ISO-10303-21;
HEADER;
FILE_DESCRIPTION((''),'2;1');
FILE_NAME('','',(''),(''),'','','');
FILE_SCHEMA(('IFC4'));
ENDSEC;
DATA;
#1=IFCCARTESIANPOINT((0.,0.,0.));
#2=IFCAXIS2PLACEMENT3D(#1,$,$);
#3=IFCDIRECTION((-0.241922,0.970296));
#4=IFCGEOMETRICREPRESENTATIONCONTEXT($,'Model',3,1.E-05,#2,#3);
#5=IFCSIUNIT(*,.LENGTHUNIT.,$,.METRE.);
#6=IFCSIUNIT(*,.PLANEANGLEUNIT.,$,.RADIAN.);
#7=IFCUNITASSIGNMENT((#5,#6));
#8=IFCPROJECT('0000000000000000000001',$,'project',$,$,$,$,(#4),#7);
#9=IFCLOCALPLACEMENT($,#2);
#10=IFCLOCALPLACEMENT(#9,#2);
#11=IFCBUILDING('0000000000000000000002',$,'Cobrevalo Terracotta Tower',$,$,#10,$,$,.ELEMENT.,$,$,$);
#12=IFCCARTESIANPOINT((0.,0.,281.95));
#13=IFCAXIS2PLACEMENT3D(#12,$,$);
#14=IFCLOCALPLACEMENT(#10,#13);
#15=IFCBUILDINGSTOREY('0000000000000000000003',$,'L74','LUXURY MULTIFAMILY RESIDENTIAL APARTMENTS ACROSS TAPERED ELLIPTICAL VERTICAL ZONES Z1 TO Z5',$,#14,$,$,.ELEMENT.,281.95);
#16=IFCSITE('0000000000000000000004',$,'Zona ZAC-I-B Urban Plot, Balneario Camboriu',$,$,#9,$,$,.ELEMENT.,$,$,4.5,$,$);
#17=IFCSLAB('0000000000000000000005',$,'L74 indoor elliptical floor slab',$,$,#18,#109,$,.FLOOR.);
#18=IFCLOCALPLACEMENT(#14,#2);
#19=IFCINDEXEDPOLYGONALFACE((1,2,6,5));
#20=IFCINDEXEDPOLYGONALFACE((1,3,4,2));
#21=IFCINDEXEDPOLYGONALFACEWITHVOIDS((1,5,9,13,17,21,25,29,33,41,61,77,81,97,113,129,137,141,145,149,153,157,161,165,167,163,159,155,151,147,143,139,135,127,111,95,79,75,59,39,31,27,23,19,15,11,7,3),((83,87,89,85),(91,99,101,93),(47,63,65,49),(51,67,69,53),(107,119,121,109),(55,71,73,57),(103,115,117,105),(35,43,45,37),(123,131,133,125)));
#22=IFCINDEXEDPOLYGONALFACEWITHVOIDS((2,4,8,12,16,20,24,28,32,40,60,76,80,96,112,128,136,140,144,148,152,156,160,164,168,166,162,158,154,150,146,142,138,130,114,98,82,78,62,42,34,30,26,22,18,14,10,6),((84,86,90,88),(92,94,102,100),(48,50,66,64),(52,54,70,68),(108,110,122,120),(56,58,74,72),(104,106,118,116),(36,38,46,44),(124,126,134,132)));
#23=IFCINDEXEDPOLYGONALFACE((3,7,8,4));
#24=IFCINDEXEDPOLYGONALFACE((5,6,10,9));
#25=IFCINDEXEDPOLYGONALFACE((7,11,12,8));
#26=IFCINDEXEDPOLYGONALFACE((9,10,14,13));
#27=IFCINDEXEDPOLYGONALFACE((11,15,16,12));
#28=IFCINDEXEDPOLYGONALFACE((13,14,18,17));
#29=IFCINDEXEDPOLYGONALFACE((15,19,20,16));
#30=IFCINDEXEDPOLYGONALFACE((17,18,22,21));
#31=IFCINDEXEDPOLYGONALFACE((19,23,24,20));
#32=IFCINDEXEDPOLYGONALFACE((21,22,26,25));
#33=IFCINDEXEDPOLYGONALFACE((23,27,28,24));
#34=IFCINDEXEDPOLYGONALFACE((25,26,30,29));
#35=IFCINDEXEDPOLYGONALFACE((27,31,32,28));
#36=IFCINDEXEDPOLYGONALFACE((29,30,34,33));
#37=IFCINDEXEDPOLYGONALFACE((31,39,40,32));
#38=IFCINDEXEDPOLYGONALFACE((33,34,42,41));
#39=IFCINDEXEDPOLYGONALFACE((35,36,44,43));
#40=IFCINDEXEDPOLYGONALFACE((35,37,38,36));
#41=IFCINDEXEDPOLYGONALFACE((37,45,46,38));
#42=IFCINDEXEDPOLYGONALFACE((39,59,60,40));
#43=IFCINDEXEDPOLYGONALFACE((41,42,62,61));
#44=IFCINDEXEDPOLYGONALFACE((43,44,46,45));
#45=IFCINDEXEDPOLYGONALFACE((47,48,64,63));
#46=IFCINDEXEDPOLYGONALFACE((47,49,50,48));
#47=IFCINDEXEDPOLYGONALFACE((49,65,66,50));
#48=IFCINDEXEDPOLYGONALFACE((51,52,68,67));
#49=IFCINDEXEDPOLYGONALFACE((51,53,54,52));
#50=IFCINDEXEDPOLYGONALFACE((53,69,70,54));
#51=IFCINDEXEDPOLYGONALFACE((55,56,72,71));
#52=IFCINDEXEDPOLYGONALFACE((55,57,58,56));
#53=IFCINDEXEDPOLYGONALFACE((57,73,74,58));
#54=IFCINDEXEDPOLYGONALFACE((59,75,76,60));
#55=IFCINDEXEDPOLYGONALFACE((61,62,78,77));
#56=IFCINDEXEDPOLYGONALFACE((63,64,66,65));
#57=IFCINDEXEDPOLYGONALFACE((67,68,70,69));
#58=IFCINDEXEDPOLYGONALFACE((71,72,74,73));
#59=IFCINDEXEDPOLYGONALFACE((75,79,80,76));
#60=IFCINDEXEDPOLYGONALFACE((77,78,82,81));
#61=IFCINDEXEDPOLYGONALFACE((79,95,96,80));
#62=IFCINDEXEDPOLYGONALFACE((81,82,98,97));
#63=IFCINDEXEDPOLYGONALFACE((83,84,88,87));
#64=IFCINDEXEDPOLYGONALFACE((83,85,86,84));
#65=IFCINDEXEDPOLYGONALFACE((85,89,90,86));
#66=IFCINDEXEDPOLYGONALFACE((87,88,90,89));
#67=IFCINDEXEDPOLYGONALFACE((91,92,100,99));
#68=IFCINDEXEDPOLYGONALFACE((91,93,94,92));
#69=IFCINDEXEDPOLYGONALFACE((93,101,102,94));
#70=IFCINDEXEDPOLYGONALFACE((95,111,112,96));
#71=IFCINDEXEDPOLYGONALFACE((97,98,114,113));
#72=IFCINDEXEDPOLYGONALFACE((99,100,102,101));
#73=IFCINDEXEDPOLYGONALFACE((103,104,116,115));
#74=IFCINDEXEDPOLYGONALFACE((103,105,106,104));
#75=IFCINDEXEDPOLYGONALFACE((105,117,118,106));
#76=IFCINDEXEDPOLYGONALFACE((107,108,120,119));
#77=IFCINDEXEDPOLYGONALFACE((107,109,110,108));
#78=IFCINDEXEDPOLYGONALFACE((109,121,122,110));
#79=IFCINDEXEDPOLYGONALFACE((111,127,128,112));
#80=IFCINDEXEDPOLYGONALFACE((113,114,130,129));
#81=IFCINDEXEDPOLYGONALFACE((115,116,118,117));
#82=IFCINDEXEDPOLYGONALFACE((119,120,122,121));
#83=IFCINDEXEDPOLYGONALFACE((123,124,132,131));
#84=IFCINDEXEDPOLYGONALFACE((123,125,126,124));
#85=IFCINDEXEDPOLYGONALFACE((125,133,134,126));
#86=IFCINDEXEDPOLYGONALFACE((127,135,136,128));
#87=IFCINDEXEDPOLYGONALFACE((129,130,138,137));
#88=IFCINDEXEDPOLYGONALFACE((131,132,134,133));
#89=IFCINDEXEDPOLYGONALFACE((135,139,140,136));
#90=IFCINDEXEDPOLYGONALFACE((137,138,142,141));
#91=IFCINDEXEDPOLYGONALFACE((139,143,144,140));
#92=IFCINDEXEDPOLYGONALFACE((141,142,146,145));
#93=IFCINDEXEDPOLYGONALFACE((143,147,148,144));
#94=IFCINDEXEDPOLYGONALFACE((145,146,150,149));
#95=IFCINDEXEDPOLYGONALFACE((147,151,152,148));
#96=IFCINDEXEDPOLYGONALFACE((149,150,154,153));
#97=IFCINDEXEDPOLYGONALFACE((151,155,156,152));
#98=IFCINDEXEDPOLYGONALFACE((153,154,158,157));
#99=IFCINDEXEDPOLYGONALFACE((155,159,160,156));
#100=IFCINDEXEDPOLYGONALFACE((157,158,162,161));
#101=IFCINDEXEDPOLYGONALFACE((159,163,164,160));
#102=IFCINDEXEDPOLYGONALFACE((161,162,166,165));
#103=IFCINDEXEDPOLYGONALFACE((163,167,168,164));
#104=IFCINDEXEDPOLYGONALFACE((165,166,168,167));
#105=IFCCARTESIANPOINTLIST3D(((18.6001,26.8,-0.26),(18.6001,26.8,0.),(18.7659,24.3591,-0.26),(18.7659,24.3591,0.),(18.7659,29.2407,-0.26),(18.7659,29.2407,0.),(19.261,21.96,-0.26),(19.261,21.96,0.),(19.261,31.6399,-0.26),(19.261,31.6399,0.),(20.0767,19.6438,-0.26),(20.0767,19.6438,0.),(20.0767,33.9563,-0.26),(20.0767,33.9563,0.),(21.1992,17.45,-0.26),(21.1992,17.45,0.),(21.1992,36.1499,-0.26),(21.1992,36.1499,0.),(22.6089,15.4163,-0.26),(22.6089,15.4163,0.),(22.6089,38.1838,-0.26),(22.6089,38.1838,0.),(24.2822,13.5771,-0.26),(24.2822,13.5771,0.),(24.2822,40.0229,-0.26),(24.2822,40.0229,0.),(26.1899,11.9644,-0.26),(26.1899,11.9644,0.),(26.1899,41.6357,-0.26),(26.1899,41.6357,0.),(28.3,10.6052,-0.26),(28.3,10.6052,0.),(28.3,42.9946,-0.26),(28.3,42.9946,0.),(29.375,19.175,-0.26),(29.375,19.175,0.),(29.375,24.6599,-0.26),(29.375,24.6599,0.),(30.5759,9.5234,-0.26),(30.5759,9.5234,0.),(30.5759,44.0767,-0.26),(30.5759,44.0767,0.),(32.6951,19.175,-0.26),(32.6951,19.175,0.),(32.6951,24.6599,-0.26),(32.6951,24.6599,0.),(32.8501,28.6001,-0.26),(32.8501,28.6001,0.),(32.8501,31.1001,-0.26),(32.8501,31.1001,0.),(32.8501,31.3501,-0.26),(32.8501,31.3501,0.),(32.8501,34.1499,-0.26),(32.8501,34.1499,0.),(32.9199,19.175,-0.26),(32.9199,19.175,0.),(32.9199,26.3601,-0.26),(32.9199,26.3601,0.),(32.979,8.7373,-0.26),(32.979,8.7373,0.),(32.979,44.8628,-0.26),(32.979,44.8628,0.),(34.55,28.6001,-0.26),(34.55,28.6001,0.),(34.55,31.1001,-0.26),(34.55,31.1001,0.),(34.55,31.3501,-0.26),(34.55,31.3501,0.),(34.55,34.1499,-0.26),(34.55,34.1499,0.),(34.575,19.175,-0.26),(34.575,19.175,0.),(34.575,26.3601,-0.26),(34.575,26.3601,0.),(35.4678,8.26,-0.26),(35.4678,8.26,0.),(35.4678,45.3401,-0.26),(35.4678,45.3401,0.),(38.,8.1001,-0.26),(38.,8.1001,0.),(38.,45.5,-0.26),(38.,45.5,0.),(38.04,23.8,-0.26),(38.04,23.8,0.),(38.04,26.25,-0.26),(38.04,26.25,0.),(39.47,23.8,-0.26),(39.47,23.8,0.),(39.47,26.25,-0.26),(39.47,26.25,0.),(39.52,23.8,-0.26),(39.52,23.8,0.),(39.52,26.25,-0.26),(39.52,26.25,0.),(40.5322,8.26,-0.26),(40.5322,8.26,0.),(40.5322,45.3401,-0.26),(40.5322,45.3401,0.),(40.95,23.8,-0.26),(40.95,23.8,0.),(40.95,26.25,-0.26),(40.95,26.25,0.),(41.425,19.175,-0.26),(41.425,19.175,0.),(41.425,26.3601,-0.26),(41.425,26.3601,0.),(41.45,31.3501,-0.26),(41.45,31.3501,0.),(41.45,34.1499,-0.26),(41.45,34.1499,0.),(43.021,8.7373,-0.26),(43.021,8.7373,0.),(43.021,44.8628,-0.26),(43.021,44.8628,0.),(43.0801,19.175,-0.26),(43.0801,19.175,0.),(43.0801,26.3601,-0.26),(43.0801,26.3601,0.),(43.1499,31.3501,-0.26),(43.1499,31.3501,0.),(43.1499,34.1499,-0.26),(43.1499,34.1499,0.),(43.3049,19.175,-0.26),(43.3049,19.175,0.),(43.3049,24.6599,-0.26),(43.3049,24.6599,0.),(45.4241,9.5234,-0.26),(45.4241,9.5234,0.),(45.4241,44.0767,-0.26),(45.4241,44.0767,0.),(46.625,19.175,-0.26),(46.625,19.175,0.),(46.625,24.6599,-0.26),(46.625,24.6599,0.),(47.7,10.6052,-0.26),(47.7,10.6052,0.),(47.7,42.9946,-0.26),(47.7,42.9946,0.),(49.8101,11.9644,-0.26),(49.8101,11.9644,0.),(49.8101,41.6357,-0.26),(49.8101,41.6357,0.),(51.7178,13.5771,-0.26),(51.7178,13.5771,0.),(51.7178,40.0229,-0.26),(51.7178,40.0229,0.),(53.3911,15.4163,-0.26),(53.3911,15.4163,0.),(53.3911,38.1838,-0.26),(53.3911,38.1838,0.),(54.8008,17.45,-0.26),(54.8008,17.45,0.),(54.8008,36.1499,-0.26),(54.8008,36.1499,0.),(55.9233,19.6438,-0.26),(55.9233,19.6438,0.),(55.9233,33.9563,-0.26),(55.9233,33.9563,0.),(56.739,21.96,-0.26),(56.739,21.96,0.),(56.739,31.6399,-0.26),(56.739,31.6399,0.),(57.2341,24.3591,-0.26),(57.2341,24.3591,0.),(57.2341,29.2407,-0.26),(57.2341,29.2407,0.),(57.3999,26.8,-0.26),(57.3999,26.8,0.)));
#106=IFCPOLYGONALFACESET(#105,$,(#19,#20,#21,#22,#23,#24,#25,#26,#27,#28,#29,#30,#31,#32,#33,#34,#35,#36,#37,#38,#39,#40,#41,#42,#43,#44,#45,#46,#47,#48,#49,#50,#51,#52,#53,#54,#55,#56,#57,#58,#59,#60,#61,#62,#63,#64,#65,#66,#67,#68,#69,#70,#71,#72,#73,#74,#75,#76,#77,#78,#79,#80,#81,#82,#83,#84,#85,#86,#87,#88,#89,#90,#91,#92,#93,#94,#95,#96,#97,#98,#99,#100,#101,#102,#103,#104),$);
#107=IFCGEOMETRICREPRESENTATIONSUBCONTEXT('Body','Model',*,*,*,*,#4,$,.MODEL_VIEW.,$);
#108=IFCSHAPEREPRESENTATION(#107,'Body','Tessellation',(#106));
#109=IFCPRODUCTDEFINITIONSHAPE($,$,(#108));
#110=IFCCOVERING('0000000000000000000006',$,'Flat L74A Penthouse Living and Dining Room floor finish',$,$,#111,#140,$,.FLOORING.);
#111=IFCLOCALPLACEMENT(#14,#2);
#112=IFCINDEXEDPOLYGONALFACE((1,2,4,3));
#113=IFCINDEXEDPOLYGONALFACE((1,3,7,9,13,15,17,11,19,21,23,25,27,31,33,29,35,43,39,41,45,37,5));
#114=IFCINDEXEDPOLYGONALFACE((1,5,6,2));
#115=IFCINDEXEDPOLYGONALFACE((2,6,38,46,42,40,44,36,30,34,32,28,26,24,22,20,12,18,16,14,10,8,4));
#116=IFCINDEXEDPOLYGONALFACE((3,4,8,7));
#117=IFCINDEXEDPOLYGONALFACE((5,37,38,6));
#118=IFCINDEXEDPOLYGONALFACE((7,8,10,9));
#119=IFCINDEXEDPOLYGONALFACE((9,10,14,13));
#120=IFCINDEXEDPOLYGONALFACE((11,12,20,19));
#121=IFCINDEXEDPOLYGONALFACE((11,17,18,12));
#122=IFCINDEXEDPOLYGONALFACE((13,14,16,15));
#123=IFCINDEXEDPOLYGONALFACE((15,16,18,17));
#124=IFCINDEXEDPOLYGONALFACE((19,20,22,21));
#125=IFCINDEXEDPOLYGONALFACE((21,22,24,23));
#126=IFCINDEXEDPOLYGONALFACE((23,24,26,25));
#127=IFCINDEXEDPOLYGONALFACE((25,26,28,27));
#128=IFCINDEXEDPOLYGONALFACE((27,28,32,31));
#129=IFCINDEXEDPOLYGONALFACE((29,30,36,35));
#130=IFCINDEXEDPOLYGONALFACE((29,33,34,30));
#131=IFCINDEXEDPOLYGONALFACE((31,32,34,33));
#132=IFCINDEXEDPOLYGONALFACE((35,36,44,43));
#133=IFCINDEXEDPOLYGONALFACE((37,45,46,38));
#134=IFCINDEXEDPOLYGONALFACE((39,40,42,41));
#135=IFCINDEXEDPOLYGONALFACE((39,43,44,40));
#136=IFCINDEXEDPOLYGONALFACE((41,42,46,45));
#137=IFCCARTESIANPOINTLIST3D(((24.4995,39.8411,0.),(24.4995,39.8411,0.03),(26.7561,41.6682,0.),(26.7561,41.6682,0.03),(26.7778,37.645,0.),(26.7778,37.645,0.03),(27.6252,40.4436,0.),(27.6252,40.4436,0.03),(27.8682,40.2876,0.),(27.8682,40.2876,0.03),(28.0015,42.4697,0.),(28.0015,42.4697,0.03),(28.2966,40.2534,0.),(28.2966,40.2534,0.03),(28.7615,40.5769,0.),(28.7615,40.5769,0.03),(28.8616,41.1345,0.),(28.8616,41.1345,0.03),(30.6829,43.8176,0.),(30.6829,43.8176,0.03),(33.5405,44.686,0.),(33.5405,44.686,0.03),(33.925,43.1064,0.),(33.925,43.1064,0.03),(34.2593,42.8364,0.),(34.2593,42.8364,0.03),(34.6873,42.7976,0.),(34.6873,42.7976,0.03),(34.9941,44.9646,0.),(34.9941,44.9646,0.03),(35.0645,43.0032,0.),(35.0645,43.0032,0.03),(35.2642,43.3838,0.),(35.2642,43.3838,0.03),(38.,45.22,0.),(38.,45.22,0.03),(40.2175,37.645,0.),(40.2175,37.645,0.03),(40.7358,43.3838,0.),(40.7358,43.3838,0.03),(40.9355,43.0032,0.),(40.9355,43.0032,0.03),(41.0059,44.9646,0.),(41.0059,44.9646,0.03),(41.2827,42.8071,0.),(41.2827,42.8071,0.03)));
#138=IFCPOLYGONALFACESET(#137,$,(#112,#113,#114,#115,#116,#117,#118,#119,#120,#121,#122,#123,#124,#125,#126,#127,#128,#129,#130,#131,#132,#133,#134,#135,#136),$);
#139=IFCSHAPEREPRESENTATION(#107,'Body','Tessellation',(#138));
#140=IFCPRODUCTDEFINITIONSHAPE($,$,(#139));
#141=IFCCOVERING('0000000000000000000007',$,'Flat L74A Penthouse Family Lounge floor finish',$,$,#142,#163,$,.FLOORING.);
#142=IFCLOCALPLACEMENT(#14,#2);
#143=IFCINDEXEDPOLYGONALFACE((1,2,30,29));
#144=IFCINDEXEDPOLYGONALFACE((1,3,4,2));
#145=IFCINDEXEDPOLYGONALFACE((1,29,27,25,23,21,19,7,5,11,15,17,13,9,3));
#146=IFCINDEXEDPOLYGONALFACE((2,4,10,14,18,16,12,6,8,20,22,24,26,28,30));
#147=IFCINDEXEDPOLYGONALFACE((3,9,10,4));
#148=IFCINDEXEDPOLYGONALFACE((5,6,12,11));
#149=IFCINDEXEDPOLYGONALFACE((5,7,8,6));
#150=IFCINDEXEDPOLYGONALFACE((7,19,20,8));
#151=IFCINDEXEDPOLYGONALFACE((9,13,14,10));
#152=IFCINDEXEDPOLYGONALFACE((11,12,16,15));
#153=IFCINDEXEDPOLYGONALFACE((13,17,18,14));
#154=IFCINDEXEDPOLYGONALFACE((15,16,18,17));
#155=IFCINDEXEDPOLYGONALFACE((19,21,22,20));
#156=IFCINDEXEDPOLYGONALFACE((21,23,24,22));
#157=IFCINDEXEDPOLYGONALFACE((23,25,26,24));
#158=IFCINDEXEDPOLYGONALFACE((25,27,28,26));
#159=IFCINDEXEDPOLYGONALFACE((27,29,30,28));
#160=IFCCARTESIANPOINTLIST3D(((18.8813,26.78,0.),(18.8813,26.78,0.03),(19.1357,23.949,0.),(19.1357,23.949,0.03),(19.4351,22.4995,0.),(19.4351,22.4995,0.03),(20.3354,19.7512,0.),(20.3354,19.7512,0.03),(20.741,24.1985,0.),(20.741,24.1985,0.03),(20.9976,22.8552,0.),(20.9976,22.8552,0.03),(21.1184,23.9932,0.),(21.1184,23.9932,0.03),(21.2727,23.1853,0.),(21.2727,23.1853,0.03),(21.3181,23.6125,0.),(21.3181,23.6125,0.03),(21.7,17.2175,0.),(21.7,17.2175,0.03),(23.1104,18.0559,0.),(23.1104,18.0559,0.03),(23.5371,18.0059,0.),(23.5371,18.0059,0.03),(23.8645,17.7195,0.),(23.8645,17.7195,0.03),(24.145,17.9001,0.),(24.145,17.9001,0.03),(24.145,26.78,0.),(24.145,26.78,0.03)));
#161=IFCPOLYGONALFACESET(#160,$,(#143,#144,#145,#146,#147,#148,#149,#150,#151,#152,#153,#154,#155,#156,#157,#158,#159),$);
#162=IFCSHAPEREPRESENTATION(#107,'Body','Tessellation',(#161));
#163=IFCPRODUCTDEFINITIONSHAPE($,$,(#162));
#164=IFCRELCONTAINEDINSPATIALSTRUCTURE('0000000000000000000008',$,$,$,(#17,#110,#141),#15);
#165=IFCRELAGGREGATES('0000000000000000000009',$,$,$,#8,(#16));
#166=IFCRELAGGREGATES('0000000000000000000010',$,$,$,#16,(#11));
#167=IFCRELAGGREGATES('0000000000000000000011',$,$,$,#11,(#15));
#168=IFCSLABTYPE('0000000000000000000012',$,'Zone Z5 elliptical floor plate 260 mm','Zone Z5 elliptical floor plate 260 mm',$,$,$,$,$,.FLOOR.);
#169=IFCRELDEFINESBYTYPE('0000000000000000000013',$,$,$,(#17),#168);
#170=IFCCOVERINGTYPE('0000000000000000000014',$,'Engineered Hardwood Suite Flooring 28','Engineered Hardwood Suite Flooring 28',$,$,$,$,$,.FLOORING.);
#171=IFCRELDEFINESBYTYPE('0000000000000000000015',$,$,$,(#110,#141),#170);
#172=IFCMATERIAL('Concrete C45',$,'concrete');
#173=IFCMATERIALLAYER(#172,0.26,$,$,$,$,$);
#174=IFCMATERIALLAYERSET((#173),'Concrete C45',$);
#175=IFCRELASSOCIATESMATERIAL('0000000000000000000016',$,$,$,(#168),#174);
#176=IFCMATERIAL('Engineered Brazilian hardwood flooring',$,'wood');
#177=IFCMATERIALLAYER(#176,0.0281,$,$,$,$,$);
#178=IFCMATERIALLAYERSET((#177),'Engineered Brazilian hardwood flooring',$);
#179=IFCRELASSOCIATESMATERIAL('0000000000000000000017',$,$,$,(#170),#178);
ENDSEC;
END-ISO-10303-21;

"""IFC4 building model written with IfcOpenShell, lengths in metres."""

from ifc_helpers import new_model, si_unit, direction, frame, origin, place, context, subcontext, project, spatial, polyline, outline, extrude, material, layer, layer_set, type_object, element, save


model = new_model("IFC4")

# Units and contexts
model_context = context("Model", 3, precision=1e-05, world=origin(), true_north=direction((-0.241922, 0.970296)))
body_context = subcontext(model_context, "Body", "Model", "MODEL_VIEW")
ifc_project = project(units=[si_unit("LENGTHUNIT", "METRE"), si_unit("PLANEANGLEUNIT", "RADIAN")], contexts=[model_context])

# Site, building, storey
site_placement = place(None, origin())
site = spatial("IfcSite", under=ifc_project, at=site_placement, Name="Zona ZAC-I-B Urban Plot, Balneario Camboriu", CompositionType="ELEMENT", RefElevation=4.5)
building_placement = place(site_placement, origin())
building = spatial("IfcBuilding", under=site, at=building_placement, Name="Cobrevalo Terracotta Tower", CompositionType="ELEMENT")
storey_placement = place(building_placement, frame((0.0, 0.0, 281.95)))
storey = spatial("IfcBuildingStorey", under=building, at=storey_placement, Name="L74", Description="LUXURY MULTIFAMILY RESIDENTIAL APARTMENTS ACROSS TAPERED ELLIPTICAL VERTICAL ZONES Z1 TO Z5", CompositionType="ELEMENT", Elevation=281.95)

# Slab
ifc_material_1 = material(Name="Concrete C45", Category="concrete")
ifc_layer_1 = layer(ifc_material_1, 0.26)
ifc_layer_set_1 = layer_set([ifc_layer_1], Name="Concrete C45")
slab_type_1 = type_object("IfcSlabType", Name="Zone Z5 elliptical floor plate 260 mm", Description="Zone Z5 elliptical floor plate 260 mm", PredefinedType="FLOOR", material=ifc_layer_set_1)
slab_1_placement = place(storey_placement, frame((0.0, 0.0, -0.26)))
element("IfcSlab", 1, at=slab_1_placement, inside=storey, type_object=slab_type_1, Name="L74 indoor elliptical floor slab", PredefinedType="FLOOR", context=body_context, shape_type="SweptSolid", body=[
    extrude(outline(polyline([(57.2341, 24.3591), (56.739, 21.96), (55.9233, 19.6438), (54.8008, 17.45), (53.3911, 15.4163), (51.7178, 13.5771), (49.8101, 11.9644), (47.7, 10.6052), (45.4241, 9.5234), (43.021, 8.7373), (40.5322, 8.26), (38.0, 8.1001), (35.4678, 8.26), (32.979, 8.7373), (30.5759, 9.5234), (28.3, 10.6052), (26.1899, 11.9644), (24.2822, 13.5771), (22.6089, 15.4163), (21.1992, 17.45), (20.0767, 19.6438), (19.261, 21.96), (18.7659, 24.3591), (18.6001, 26.8), (18.7659, 29.2407), (19.261, 31.6399), (20.0767, 33.9563), (21.1992, 36.1499), (22.6089, 38.1838), (24.2822, 40.0229), (26.1899, 41.6357), (28.3, 42.9946), (30.5759, 44.0767), (32.979, 44.8628), (35.4678, 45.3401), (38.0, 45.5), (40.5322, 45.3401), (43.021, 44.8628), (45.4241, 44.0767), (47.7, 42.9946), (49.8101, 41.6357), (51.7178, 40.0229), (53.3911, 38.1838), (54.8008, 36.1499), (55.9233, 33.9563), (56.739, 31.6399), (57.2341, 29.2407), (57.3999, 26.8), (57.2341, 24.3591)]), holes=[polyline([(32.6951, 19.175), (32.6951, 24.6599), (29.375, 24.6599), (29.375, 19.175), (32.6951, 19.175)]), polyline([(46.625, 19.175), (46.625, 24.6599), (43.3049, 24.6599), (43.3049, 19.175), (46.625, 19.175)]), polyline([(34.575, 26.3601), (32.9199, 26.3601), (32.9199, 19.175), (34.575, 19.175), (34.575, 26.3601)]), polyline([(43.0801, 26.3601), (41.425, 26.3601), (41.425, 19.175), (43.0801, 19.175), (43.0801, 26.3601)]), polyline([(39.47, 26.25), (38.04, 26.25), (38.04, 23.8), (39.47, 23.8), (39.47, 26.25)]), polyline([(40.95, 26.25), (39.52, 26.25), (39.52, 23.8), (40.95, 23.8), (40.95, 26.25)]), polyline([(34.55, 31.1001), (32.8501, 31.1001), (32.8501, 28.6001), (34.55, 28.6001), (34.55, 31.1001)]), polyline([(34.55, 31.3501), (34.55, 34.1499), (32.8501, 34.1499), (32.8501, 31.3501), (34.55, 31.3501)]), polyline([(43.1499, 31.3501), (43.1499, 34.1499), (41.45, 34.1499), (41.45, 31.3501), (43.1499, 31.3501)])]), origin(), (0.0, 0.0, 1.0), 0.26),
])

# Coverings
ifc_material_2 = material(Name="Engineered Brazilian hardwood flooring", Category="wood")
ifc_layer_2 = layer(ifc_material_2, 0.0281)
ifc_layer_set_2 = layer_set([ifc_layer_2], Name="Engineered Brazilian hardwood flooring")
covering_type_1 = type_object("IfcCoveringType", Name="Engineered Hardwood Suite Flooring 28", Description="Engineered Hardwood Suite Flooring 28", PredefinedType="FLOORING", material=ifc_layer_set_2)
covering_1_placement = place(storey_placement, origin())
element("IfcCovering", 2, at=covering_1_placement, inside=storey, type_object=covering_type_1, Name="Flat L74A Penthouse Living and Dining Room floor finish", PredefinedType="FLOORING", context=body_context, shape_type="SweptSolid", body=[
    extrude(outline(polyline([(26.7561, 41.6682), (27.6252, 40.4436), (27.8682, 40.2876), (28.2966, 40.2534), (28.7615, 40.5769), (28.8616, 41.1345), (28.0015, 42.4697), (30.6829, 43.8176), (33.5405, 44.686), (33.925, 43.1064), (34.2593, 42.8364), (34.6873, 42.7976), (35.0645, 43.0032), (35.2642, 43.3838), (34.9941, 44.9646), (38.0, 45.22), (41.0059, 44.9646), (40.7358, 43.3838), (40.9355, 43.0032), (41.2827, 42.8071), (40.2175, 37.645), (26.7778, 37.645), (24.4995, 39.8411), (26.7561, 41.6682)])), origin(), (0.0, 0.0, 1.0), 0.03),
])
covering_2_placement = place(storey_placement, origin())
element("IfcCovering", 3, at=covering_2_placement, inside=storey, type_object=covering_type_1, Name="Flat L74A Penthouse Family Lounge floor finish", PredefinedType="FLOORING", context=body_context, shape_type="SweptSolid", body=[
    extrude(outline(polyline([(20.3354, 19.7512), (19.4351, 22.4995), (20.9976, 22.8552), (21.2727, 23.1853), (21.3181, 23.6125), (21.1184, 23.9932), (20.741, 24.1985), (19.1357, 23.949), (18.8813, 26.78), (24.145, 26.78), (24.145, 17.9001), (23.8645, 17.7195), (23.5371, 18.0059), (23.1104, 18.0559), (21.7, 17.2175), (20.3354, 19.7512)])), origin(), (0.0, 0.0, 1.0), 0.03),
])

save(model, "model.ifc")
